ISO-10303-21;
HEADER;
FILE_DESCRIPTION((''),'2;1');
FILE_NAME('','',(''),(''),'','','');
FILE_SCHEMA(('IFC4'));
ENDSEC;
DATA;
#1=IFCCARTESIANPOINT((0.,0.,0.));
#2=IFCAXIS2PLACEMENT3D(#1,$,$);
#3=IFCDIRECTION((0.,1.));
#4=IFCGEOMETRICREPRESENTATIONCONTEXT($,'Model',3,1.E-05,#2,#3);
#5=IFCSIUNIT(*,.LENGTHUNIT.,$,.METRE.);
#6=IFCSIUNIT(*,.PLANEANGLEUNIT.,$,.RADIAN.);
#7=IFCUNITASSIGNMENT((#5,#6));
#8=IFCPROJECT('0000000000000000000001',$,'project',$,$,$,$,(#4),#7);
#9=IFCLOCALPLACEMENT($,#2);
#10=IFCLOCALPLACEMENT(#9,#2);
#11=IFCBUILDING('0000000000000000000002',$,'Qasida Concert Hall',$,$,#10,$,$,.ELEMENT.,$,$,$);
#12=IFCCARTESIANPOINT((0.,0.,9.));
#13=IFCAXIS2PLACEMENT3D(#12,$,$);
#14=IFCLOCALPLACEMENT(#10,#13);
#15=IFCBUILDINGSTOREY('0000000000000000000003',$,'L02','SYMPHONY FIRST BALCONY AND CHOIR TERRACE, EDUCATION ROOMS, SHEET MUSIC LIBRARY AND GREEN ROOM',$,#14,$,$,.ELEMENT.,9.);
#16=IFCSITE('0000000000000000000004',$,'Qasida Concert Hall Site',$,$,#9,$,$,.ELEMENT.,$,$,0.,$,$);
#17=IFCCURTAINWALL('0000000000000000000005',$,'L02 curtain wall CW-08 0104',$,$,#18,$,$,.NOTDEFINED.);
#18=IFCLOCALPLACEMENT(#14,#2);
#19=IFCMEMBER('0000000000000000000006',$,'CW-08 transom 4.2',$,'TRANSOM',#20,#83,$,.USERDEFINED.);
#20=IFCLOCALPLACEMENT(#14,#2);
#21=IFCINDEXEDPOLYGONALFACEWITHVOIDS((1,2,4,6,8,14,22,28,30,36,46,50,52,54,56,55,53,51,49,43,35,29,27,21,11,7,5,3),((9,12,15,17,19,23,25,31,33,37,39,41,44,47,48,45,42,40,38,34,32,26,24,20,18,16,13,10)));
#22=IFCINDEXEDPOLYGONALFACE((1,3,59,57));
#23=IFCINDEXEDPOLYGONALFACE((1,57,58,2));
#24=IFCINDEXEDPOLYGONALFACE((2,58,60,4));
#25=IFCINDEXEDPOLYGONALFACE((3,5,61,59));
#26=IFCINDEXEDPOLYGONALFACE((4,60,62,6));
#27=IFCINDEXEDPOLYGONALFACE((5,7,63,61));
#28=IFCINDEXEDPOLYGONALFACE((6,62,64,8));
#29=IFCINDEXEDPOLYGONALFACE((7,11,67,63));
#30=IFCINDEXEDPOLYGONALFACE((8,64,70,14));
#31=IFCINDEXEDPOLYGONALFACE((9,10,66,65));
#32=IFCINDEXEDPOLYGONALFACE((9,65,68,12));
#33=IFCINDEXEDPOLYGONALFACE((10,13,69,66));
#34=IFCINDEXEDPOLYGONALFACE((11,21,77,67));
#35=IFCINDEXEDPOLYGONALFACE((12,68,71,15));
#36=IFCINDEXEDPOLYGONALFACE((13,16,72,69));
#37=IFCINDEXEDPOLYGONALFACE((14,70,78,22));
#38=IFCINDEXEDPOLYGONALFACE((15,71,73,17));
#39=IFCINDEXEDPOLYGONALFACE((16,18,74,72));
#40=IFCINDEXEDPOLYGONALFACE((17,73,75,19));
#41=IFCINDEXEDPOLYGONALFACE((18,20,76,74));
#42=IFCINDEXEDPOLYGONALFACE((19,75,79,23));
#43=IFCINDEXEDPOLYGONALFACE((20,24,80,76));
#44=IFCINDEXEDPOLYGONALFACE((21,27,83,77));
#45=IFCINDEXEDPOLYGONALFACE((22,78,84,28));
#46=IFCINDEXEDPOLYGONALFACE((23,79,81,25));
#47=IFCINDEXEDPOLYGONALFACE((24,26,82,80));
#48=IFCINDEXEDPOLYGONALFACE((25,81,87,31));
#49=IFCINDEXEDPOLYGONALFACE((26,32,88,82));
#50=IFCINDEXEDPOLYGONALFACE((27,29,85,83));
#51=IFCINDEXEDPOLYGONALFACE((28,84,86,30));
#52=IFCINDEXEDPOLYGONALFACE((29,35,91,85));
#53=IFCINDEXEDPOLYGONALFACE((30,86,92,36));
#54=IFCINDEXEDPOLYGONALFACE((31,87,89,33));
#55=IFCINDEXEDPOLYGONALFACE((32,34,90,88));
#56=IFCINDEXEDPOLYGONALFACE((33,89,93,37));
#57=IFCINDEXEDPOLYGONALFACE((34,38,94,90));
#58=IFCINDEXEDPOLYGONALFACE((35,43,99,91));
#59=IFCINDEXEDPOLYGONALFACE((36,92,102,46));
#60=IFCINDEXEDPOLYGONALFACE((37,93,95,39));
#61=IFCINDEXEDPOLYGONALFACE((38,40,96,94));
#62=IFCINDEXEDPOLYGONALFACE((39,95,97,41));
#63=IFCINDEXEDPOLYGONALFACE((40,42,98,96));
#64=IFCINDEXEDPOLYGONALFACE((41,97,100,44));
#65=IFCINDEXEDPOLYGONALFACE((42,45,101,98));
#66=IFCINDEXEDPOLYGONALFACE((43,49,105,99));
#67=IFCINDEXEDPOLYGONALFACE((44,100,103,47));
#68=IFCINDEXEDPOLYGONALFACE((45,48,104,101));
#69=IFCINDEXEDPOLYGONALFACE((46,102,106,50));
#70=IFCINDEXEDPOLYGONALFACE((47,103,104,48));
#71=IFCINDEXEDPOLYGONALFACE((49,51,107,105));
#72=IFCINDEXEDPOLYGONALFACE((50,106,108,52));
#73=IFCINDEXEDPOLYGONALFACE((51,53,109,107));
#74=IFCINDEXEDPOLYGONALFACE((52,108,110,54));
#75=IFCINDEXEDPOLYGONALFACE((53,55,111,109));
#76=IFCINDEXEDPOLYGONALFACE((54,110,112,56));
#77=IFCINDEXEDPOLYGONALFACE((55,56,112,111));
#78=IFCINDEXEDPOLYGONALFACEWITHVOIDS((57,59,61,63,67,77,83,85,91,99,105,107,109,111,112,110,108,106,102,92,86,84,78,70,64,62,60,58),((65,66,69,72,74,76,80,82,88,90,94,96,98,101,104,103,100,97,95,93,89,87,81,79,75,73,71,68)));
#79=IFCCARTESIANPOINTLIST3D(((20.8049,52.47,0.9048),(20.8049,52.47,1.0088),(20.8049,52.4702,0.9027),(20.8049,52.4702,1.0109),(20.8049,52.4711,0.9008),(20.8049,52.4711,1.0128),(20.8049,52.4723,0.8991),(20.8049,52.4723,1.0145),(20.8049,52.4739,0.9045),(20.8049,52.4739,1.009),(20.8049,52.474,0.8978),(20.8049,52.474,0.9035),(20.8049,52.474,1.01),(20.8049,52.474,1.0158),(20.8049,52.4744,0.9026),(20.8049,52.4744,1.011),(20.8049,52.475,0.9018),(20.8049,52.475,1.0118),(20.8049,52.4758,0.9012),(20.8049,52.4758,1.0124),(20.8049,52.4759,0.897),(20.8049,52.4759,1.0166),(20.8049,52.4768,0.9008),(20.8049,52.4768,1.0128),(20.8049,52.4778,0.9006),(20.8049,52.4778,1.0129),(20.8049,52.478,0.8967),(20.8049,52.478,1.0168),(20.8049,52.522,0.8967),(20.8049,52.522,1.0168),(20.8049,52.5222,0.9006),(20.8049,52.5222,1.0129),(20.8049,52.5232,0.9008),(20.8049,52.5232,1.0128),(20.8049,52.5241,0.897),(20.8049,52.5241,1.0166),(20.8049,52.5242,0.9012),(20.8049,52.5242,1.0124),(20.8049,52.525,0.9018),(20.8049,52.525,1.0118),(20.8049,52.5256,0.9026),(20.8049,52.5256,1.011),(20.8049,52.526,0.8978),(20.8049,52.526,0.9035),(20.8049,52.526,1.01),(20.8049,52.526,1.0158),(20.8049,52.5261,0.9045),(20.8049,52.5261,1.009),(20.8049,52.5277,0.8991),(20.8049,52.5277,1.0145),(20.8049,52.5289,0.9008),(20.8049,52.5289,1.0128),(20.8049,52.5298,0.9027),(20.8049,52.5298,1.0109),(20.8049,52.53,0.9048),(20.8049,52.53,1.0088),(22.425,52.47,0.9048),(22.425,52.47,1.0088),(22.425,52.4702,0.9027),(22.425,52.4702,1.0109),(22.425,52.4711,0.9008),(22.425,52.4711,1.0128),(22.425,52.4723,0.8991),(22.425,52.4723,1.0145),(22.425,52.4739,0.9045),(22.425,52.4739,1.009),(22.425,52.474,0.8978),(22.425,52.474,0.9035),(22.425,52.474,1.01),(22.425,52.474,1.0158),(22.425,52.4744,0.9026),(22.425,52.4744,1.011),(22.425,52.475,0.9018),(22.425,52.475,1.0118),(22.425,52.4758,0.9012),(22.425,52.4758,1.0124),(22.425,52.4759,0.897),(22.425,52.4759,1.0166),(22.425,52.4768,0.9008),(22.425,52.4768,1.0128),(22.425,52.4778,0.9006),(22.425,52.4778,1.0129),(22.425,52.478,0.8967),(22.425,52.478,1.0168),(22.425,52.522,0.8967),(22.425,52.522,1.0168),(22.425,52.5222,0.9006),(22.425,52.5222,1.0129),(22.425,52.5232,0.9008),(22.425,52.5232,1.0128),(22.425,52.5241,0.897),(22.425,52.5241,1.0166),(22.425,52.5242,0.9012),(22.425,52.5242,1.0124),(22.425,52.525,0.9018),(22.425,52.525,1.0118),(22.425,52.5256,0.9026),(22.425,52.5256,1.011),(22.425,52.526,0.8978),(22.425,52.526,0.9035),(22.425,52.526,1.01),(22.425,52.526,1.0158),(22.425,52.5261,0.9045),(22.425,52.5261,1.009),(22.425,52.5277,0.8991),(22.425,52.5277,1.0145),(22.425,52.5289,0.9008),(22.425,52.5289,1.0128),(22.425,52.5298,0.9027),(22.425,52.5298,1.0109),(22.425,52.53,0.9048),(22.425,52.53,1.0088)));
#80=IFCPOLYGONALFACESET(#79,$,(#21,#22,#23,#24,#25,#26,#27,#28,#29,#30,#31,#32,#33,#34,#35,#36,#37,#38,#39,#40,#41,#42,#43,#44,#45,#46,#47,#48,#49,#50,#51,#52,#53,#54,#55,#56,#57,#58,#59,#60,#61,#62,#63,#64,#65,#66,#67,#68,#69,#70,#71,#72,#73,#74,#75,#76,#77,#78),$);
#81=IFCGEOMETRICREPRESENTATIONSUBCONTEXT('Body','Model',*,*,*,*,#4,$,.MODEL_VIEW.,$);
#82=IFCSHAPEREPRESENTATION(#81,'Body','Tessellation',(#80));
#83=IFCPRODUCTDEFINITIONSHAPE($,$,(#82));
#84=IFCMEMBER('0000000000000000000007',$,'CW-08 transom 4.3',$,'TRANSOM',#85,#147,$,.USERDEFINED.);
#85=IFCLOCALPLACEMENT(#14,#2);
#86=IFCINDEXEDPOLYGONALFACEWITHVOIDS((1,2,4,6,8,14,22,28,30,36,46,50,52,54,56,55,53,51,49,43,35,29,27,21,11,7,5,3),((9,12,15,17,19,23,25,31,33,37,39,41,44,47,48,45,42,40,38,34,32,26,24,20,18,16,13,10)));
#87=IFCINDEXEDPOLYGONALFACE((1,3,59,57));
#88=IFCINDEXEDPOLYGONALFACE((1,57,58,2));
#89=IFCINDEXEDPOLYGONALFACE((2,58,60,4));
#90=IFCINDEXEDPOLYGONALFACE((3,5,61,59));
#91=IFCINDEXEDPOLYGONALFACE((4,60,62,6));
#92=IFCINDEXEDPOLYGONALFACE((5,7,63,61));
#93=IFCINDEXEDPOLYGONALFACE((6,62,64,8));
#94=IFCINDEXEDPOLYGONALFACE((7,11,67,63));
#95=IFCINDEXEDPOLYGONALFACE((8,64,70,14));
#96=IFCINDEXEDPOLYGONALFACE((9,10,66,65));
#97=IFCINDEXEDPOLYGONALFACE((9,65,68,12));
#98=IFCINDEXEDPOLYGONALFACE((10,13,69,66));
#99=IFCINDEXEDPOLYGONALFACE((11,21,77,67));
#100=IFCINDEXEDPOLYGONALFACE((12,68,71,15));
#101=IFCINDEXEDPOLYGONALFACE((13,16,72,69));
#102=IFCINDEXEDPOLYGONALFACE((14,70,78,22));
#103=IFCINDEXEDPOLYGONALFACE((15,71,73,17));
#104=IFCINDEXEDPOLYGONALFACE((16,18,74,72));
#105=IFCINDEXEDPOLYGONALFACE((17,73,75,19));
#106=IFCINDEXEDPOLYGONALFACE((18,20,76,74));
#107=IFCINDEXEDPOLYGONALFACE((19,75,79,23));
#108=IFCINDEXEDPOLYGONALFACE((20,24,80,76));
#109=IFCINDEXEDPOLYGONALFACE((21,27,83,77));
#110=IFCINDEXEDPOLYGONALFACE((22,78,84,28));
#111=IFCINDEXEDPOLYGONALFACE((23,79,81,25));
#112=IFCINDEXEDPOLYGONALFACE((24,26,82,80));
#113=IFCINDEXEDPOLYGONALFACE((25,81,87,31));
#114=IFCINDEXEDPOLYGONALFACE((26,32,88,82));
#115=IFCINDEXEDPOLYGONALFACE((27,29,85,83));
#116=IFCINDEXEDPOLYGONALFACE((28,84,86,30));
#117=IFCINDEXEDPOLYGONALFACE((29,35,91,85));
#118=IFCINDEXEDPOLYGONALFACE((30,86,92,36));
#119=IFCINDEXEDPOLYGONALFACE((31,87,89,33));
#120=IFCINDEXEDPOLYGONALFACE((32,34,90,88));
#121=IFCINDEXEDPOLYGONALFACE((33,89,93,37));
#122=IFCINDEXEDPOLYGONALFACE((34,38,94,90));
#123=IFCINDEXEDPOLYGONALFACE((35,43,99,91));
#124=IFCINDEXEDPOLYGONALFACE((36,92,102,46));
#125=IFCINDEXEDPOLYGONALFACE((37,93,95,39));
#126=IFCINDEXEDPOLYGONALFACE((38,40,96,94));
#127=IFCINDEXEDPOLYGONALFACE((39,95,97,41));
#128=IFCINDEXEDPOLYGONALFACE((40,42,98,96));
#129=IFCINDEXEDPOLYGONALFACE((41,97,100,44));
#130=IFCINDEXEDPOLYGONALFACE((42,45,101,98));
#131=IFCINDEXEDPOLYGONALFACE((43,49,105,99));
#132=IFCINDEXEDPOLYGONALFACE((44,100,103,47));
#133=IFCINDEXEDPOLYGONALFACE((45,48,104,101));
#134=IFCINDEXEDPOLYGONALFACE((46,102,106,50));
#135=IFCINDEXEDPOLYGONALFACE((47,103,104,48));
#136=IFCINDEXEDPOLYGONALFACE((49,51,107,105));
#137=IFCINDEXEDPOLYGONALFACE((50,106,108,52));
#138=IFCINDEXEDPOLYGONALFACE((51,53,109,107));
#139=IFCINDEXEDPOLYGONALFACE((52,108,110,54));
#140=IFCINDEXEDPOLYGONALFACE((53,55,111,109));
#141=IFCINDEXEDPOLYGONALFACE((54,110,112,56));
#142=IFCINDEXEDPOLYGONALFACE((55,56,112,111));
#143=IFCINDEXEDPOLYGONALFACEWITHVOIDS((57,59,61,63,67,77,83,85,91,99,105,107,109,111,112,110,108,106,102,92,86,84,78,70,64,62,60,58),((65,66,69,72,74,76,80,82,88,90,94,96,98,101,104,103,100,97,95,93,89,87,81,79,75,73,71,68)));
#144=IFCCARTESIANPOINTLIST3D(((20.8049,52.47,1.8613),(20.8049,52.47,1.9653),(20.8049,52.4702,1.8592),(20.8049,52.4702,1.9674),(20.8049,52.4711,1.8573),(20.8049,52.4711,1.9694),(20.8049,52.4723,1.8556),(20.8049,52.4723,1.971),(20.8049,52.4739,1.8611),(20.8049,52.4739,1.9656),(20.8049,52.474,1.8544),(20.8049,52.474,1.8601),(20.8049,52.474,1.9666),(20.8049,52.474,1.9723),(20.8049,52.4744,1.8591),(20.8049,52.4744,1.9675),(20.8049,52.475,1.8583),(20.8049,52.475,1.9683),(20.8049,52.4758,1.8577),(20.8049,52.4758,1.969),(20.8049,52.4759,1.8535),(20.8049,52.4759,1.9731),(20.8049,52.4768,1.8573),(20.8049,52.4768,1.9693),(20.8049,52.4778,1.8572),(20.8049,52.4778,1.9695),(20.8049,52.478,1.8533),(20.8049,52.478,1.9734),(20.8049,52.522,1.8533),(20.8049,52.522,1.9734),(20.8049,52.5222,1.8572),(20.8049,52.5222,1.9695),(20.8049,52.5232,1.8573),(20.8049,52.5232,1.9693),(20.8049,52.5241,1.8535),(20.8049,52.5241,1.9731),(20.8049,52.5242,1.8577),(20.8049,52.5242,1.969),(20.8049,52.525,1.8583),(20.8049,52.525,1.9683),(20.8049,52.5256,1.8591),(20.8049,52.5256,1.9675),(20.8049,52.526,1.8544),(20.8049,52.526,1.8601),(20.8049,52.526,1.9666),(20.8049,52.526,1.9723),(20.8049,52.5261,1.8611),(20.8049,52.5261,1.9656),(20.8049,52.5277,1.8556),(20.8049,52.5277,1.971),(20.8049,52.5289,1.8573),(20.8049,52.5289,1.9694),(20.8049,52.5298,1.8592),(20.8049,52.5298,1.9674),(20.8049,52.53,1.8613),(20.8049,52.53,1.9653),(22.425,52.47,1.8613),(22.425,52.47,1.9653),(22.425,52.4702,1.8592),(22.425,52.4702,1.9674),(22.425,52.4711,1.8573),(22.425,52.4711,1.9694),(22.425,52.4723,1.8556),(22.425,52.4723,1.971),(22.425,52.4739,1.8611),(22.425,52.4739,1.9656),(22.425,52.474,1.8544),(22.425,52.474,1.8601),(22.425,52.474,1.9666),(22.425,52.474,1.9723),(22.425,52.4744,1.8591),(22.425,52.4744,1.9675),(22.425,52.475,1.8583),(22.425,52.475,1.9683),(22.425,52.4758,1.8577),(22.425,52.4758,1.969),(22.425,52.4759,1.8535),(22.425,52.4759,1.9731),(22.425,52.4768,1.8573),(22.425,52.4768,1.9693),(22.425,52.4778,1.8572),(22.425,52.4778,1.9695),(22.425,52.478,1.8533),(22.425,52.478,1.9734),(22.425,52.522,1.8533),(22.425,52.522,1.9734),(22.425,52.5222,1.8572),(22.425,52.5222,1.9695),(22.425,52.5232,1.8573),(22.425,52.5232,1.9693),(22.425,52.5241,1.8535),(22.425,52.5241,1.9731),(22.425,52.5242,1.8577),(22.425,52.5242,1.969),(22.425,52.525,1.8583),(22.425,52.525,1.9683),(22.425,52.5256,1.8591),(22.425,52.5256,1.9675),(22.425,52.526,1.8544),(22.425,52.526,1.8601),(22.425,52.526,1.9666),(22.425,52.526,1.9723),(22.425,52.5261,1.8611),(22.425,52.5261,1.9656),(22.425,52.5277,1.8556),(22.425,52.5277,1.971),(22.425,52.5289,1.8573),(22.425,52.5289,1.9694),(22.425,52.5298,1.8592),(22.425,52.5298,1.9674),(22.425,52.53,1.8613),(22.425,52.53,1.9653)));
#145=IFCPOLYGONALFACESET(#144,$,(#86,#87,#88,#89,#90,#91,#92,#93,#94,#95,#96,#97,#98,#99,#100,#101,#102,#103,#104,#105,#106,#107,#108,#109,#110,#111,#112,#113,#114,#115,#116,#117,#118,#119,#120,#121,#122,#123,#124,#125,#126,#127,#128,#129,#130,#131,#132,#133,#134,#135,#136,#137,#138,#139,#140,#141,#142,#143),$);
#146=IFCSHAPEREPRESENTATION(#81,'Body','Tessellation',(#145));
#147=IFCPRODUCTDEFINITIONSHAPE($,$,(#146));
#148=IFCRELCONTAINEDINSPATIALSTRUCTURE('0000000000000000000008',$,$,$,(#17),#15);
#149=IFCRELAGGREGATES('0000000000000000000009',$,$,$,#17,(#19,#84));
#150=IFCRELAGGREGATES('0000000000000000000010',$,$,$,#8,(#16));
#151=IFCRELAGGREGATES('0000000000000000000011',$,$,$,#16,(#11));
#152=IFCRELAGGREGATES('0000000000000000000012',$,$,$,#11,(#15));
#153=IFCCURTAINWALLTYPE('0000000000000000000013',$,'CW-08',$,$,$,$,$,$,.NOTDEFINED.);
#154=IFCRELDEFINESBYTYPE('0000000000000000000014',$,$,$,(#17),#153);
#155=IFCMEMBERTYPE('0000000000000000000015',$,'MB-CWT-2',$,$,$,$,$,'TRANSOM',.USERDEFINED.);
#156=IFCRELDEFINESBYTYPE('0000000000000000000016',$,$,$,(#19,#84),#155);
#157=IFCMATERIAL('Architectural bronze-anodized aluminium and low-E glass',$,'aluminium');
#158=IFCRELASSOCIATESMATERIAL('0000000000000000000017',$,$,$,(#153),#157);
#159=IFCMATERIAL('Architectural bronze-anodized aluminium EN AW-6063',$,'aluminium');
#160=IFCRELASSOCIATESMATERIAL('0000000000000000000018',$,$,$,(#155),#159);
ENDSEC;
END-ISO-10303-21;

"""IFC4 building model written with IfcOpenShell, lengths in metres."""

from ifc_helpers import new_model, si_unit, direction, frame, origin, origin_2d, place, context, subcontext, project, spatial, hollow_rectangle, extrude, material, material_profile, profile_set, type_object, element, aggregate, save


model = new_model("IFC4")

# Units and contexts
model_context = context("Model", 3, precision=1e-05, world=origin(), true_north=direction((0.0, 1.0)))
body_context = subcontext(model_context, "Body", "Model", "MODEL_VIEW")
ifc_project = project(units=[si_unit("LENGTHUNIT", "METRE"), si_unit("PLANEANGLEUNIT", "RADIAN")], contexts=[model_context])

# Site, building, storey
site_placement = place(None, origin())
site = spatial("IfcSite", under=ifc_project, at=site_placement, Name="Qasida Concert Hall Site", CompositionType="ELEMENT", RefElevation=0.0)
building_placement = place(site_placement, origin())
building = spatial("IfcBuilding", under=site, at=building_placement, Name="Qasida Concert Hall", CompositionType="ELEMENT")
storey_placement = place(building_placement, frame((0.0, 0.0, 9.0)))
storey = spatial("IfcBuildingStorey", under=building, at=storey_placement, Name="L02", Description="SYMPHONY FIRST BALCONY AND CHOIR TERRACE, EDUCATION ROOMS, SHEET MUSIC LIBRARY AND GREEN ROOM", CompositionType="ELEMENT", Elevation=9.0)

# Curtain wall
ifc_material_1 = material(Name="Architectural bronze-anodized aluminium and low-E glass", Category="aluminium")
curtain_wall_type = type_object("IfcCurtainWallType", Name="CW-08", PredefinedType="NOTDEFINED", material=ifc_material_1)
curtain_wall_1_placement = place(storey_placement, origin())
curtain_wall_1 = element("IfcCurtainWall", 1, at=curtain_wall_1_placement, inside=storey, type_object=curtain_wall_type, Name="L02 curtain wall CW-08 0104", PredefinedType="NOTDEFINED")
ifc_material_2 = material(Name="Architectural bronze-anodized aluminium EN AW-6063", Category="aluminium")

# Members
ifc_material_profile_1 = material_profile(ifc_material_2, hollow_rectangle(XDim=0.0601, YDim=0.1201, WallThickness=0.0039, InnerFilletRadius=0.0039, OuterFilletRadius=0.0081, at=origin_2d()), Name="CWT 120x60x4")
ifc_profile_set_1 = profile_set([ifc_material_profile_1], Name="Architectural bronze-anodized aluminium EN AW-6063")
member_type_1 = type_object("IfcMemberType", Name="MB-CWT-2", ElementType="TRANSOM", PredefinedType="USERDEFINED", material=ifc_profile_set_1)
member_1_placement = place(storey_placement, frame((20.8049, 52.5, 0.9568), z_axis=(1.0, 0.0, 0.0), x_axis=(0.0, 1.0, 0.0)))
member_1 = element("IfcMember", 2, at=member_1_placement, type_object=member_type_1, Name="CW-08 transom 4.2", ObjectType="TRANSOM", PredefinedType="USERDEFINED", context=body_context, shape_type="SweptSolid", body=[
    extrude(hollow_rectangle(XDim=0.0601, YDim=0.1201, WallThickness=0.0039, InnerFilletRadius=0.0039, OuterFilletRadius=0.0081, at=origin_2d()), origin(), (0.0, 0.0, 1.0), 1.6201),
])
member_2_placement = place(storey_placement, frame((20.8049, 52.5, 1.9133), z_axis=(1.0, 0.0, 0.0), x_axis=(0.0, 1.0, 0.0)))
member_2 = element("IfcMember", 3, at=member_2_placement, type_object=member_type_1, Name="CW-08 transom 4.3", ObjectType="TRANSOM", PredefinedType="USERDEFINED", context=body_context, shape_type="SweptSolid", body=[
    extrude(hollow_rectangle(XDim=0.0601, YDim=0.1201, WallThickness=0.0039, InnerFilletRadius=0.0039, OuterFilletRadius=0.0081, at=origin_2d()), origin(), (0.0, 0.0, 1.0), 1.6201),
])

aggregate(curtain_wall_1, [member_1, member_2])

save(model, "model.ifc")
